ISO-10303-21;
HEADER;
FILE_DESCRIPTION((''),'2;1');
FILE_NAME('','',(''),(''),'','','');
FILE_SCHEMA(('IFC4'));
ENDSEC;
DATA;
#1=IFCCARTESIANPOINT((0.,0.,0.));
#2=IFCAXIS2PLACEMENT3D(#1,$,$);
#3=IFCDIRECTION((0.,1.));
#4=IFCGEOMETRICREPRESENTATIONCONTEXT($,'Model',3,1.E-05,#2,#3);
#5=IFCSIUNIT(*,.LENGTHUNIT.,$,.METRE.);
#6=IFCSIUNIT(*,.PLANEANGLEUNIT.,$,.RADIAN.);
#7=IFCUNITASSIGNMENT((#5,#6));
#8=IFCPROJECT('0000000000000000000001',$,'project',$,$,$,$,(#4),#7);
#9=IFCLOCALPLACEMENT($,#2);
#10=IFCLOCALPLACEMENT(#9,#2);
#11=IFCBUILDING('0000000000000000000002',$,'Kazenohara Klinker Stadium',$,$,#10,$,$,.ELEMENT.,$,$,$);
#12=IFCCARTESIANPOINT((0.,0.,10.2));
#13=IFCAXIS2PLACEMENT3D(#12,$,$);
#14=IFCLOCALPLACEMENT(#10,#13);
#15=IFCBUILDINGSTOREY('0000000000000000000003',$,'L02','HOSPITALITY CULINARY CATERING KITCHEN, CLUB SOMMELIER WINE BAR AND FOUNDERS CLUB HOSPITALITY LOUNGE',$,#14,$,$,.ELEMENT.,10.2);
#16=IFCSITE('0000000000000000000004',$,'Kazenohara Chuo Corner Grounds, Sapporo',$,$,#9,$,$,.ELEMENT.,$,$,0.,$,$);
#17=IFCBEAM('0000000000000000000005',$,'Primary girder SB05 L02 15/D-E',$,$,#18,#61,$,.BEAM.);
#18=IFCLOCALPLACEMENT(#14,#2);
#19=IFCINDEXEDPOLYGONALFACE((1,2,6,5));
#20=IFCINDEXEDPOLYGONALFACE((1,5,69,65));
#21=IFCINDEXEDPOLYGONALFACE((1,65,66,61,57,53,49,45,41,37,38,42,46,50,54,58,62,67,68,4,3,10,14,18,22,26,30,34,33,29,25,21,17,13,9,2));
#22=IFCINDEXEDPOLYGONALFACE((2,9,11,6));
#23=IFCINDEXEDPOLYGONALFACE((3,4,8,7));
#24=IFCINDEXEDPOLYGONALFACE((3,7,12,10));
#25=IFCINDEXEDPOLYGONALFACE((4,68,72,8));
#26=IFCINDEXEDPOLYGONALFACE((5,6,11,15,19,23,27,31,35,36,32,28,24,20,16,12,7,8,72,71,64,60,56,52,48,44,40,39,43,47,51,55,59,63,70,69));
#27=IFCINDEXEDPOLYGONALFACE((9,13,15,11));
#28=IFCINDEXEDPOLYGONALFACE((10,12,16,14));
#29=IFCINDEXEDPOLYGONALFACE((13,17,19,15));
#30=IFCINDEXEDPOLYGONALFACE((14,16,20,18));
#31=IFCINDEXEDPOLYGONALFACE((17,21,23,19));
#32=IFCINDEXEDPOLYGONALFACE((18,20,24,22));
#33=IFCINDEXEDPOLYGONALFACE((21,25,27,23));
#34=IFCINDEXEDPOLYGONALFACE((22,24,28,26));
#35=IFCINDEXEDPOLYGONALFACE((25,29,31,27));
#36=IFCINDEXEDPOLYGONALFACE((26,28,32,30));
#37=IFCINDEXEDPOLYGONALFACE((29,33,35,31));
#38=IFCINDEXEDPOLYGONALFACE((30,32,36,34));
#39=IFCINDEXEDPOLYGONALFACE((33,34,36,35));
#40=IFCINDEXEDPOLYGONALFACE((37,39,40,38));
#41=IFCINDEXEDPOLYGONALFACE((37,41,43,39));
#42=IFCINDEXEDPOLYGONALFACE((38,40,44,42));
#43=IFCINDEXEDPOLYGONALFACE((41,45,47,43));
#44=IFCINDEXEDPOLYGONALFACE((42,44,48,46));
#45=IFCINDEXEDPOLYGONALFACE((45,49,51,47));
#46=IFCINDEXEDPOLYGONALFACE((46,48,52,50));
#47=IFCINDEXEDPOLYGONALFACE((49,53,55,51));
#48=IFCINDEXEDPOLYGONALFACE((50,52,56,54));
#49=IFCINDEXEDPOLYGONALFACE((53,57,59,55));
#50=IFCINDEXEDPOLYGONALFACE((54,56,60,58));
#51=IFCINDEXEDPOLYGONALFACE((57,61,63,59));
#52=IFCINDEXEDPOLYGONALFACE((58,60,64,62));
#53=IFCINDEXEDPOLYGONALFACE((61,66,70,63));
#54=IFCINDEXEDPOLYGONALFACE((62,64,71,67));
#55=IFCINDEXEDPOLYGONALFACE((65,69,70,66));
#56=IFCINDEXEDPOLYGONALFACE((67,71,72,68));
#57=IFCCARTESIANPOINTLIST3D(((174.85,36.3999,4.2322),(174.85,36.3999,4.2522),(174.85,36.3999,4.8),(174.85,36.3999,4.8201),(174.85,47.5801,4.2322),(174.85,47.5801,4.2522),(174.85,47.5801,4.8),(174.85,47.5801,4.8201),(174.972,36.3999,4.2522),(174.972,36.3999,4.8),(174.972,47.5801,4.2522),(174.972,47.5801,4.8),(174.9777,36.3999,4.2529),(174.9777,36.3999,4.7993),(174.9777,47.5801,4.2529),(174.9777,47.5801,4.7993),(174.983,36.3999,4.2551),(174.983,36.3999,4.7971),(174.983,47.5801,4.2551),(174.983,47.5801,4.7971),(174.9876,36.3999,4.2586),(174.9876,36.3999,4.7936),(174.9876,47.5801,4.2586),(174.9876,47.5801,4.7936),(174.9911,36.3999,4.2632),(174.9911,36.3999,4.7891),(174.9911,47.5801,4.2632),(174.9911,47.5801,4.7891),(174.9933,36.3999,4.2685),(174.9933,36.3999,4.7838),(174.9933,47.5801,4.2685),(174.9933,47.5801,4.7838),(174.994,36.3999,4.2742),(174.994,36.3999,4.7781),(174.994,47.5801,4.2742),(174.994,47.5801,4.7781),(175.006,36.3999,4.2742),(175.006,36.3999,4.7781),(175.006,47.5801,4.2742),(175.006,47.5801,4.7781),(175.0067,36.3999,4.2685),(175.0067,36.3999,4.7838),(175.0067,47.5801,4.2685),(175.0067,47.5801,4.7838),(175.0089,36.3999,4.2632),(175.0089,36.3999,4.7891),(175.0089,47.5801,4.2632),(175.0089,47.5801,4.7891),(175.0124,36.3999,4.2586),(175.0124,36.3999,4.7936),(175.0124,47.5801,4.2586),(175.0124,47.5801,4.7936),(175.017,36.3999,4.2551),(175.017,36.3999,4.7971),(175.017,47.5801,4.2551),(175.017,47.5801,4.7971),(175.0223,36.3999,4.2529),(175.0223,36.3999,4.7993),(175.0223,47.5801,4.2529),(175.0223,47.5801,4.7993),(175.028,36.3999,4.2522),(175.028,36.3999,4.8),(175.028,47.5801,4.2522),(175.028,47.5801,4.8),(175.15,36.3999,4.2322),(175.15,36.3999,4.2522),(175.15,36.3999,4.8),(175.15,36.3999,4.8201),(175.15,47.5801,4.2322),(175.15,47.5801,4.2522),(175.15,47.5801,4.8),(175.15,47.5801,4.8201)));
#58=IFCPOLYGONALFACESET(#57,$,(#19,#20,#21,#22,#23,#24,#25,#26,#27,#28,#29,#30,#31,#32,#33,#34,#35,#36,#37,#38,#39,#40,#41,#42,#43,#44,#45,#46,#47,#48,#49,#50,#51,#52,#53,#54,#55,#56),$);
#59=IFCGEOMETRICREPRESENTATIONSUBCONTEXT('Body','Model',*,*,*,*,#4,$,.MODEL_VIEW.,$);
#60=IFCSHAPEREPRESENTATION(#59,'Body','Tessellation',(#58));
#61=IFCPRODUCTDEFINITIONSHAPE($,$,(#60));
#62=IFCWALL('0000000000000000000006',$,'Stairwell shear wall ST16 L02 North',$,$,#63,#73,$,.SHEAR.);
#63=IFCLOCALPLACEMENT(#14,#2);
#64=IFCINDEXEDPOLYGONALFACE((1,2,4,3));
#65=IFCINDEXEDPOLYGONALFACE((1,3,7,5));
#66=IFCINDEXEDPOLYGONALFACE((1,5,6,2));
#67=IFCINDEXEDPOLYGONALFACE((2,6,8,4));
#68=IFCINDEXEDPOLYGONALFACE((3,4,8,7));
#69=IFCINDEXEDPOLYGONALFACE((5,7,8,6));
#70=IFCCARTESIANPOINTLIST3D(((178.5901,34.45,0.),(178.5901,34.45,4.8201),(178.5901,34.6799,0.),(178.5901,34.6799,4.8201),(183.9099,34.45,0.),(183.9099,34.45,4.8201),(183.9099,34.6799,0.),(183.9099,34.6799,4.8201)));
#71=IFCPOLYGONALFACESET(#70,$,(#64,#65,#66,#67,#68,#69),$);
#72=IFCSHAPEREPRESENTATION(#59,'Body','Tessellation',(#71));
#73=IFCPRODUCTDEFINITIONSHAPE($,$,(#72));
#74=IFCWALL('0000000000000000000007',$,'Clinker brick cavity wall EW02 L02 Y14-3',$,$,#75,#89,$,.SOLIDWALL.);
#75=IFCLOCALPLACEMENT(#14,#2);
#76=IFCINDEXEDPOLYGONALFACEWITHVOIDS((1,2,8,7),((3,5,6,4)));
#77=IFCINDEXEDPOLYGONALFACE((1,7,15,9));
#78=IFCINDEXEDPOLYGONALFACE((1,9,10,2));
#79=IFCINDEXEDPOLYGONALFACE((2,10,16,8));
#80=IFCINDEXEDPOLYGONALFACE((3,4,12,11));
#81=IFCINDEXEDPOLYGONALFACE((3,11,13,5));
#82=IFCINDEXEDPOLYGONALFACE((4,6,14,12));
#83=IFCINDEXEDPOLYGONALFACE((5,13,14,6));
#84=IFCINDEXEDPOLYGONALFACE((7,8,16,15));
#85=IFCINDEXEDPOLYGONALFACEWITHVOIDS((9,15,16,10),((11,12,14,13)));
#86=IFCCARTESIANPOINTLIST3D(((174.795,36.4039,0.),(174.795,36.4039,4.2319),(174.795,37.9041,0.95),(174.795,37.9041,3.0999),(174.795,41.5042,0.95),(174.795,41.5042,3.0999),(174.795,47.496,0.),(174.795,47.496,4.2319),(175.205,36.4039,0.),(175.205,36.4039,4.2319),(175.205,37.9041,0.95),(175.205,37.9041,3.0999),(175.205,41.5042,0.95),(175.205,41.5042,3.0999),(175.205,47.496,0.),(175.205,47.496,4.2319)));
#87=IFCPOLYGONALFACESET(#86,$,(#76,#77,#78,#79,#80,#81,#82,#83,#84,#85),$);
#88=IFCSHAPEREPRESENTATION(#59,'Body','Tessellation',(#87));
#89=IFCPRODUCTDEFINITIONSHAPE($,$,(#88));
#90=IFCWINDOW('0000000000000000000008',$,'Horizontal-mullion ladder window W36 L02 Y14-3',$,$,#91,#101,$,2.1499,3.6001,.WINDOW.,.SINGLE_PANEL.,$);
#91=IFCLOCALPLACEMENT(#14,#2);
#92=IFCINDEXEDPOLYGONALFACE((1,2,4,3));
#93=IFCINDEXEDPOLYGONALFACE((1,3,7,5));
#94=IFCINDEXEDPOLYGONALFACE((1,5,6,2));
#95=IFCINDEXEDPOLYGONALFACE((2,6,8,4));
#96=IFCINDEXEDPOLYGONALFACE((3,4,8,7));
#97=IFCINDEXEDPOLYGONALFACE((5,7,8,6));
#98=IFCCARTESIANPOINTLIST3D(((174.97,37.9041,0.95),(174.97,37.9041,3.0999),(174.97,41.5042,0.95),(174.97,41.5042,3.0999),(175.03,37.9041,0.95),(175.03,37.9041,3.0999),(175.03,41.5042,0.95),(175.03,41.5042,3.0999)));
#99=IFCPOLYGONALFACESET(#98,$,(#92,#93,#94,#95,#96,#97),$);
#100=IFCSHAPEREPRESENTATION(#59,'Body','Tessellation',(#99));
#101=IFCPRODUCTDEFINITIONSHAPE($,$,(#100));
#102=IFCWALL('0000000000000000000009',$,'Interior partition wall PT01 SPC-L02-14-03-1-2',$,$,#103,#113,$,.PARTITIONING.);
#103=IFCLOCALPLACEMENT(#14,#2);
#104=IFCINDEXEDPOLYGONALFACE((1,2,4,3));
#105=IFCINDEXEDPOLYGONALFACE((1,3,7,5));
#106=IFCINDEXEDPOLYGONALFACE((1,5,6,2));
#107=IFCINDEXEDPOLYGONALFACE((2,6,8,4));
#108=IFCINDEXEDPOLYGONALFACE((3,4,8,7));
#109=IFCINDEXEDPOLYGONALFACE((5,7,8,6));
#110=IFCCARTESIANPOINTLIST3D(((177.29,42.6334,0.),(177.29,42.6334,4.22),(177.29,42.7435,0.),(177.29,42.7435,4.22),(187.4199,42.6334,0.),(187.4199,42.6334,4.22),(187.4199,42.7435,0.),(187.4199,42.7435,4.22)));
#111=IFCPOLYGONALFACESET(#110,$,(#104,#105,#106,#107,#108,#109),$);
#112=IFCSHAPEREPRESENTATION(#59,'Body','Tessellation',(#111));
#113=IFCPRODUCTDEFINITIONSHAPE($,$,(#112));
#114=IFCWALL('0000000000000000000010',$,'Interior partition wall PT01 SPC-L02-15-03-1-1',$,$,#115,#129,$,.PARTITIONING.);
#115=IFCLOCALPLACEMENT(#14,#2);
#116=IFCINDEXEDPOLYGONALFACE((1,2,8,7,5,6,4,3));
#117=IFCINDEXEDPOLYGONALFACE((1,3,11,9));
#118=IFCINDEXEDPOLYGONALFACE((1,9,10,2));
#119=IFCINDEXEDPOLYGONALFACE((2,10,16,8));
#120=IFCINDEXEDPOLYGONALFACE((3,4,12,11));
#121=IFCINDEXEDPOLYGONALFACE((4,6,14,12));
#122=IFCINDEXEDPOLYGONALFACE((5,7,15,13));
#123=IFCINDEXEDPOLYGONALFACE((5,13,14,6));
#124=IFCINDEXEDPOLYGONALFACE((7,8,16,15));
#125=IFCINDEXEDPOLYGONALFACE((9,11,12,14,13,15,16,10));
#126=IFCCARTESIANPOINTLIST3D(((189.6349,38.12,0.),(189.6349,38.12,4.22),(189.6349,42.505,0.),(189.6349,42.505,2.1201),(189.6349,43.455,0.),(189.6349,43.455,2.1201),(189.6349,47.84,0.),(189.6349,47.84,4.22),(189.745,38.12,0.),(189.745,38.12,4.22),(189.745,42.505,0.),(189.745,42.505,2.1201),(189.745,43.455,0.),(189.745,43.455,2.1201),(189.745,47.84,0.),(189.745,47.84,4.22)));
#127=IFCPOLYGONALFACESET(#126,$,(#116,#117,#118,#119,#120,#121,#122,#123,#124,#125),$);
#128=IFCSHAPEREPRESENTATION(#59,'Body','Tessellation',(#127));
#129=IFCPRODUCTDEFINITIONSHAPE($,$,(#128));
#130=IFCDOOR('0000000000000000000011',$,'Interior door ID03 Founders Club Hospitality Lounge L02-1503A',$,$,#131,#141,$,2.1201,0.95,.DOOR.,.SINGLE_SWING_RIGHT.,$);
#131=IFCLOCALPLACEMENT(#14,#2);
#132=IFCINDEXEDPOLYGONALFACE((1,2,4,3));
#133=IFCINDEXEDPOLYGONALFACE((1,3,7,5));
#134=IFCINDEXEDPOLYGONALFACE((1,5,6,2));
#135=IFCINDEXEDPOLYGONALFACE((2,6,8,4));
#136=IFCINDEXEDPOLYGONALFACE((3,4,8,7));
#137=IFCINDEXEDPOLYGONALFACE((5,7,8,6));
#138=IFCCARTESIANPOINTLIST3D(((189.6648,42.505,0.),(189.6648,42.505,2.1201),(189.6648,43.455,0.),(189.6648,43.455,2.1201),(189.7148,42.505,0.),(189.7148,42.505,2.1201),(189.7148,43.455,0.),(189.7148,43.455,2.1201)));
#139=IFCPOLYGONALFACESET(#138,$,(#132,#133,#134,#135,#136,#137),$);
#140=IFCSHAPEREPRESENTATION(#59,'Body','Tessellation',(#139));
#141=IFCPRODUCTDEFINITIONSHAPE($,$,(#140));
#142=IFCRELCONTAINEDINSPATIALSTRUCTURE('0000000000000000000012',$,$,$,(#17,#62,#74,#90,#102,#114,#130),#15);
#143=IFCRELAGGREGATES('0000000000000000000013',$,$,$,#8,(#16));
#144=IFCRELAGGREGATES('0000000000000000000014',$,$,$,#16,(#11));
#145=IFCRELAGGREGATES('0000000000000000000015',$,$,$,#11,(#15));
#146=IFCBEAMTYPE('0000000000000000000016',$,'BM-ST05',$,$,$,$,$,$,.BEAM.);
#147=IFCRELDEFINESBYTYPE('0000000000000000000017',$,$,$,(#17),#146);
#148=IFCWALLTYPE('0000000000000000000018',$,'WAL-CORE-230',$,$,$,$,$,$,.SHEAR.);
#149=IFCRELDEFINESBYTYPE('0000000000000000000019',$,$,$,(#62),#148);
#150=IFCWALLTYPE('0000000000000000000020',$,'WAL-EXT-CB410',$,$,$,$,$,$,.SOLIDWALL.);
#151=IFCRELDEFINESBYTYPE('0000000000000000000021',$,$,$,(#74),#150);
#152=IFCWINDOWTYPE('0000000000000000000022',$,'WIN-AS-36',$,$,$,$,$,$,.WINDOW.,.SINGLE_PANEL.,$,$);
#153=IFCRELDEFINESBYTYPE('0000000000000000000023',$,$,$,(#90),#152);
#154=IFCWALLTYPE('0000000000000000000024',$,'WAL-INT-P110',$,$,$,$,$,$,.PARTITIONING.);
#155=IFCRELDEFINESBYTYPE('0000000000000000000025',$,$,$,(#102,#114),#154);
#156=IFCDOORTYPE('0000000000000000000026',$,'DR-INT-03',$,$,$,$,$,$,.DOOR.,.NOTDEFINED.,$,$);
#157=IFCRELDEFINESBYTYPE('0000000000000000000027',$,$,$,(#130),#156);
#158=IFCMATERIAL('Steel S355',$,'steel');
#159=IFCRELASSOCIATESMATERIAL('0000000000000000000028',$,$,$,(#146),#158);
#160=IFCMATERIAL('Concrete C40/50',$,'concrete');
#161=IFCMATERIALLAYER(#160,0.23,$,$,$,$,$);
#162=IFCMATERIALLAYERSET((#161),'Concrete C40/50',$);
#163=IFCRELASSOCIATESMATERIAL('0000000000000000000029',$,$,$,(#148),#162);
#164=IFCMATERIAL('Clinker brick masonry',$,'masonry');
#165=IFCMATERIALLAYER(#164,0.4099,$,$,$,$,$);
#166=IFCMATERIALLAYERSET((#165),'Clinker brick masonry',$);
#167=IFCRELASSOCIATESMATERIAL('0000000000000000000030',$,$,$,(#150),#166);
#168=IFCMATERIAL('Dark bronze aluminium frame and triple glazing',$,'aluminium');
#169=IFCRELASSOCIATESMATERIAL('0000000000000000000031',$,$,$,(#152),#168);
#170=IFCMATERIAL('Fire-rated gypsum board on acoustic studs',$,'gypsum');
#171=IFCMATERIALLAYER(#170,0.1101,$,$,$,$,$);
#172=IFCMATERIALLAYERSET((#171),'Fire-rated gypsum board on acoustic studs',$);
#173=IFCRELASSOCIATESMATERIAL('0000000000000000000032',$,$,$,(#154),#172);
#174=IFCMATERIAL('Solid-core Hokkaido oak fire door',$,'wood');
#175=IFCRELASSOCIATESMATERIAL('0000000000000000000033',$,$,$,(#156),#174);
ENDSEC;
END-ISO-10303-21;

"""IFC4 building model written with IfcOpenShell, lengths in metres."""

from ifc_helpers import new_model, si_unit, direction, frame, frame_2d, origin, origin_2d, place, context, subcontext, project, spatial, rectangle, i_section, extrude, material, layer, layer_set, material_profile, profile_set, type_object, element, fill, save


model = new_model("IFC4")

# Units and contexts
model_context = context("Model", 3, precision=1e-05, world=origin(), true_north=direction((0.0, 1.0)))
body_context = subcontext(model_context, "Body", "Model", "MODEL_VIEW")
ifc_project = project(units=[si_unit("LENGTHUNIT", "METRE"), si_unit("PLANEANGLEUNIT", "RADIAN")], contexts=[model_context])

# Site, building, storey
site_placement = place(None, origin())
site = spatial("IfcSite", under=ifc_project, at=site_placement, Name="Kazenohara Chuo Corner Grounds, Sapporo", CompositionType="ELEMENT", RefElevation=0.0)
building_placement = place(site_placement, origin())
building = spatial("IfcBuilding", under=site, at=building_placement, Name="Kazenohara Klinker Stadium", CompositionType="ELEMENT")
storey_placement = place(building_placement, frame((0.0, 0.0, 10.2)))
storey = spatial("IfcBuildingStorey", under=building, at=storey_placement, Name="L02", Description="HOSPITALITY CULINARY CATERING KITCHEN, CLUB SOMMELIER WINE BAR AND FOUNDERS CLUB HOSPITALITY LOUNGE", CompositionType="ELEMENT", Elevation=10.2)

# Shared definitions
ifc_material_1 = material(Name="Concrete C40/50", Category="concrete")

# Beam
ifc_material_2 = material(Name="Steel S355", Category="steel")
ifc_material_profile_1 = material_profile(ifc_material_2, i_section(OverallWidth=0.3, OverallDepth=0.5879, WebThickness=0.012, FlangeThickness=0.02, FilletRadius=0.022, at=origin_2d()), Name="H-588x300x12x20")
ifc_profile_set_1 = profile_set([ifc_material_profile_1], Name="Steel S355")
beam_type_1 = type_object("IfcBeamType", Name="BM-ST05", PredefinedType="BEAM", material=ifc_profile_set_1)
beam_1_placement = place(storey_placement, frame((175.0, 36.3999, 4.5261), z_axis=(0.0, 1.0, 0.0), x_axis=(-1.0, 0.0, 0.0)))
element("IfcBeam", 1, at=beam_1_placement, inside=storey, type_object=beam_type_1, Name="Primary girder SB05 L02 15/D-E", PredefinedType="BEAM", context=body_context, shape_type="SweptSolid", body=[
    extrude(i_section(OverallWidth=0.3, OverallDepth=0.5879, WebThickness=0.012, FlangeThickness=0.02, FilletRadius=0.022, at=origin_2d()), origin(), (0.0, 0.0, 1.0), 11.1802),
])

# Wall
ifc_layer_1 = layer(ifc_material_1, 0.23)
ifc_layer_set_1 = layer_set([ifc_layer_1], Name="Concrete C40/50")
wall_type_1 = type_object("IfcWallType", Name="WAL-CORE-230", PredefinedType="SHEAR", material=ifc_layer_set_1)
wall_1_placement = place(storey_placement, frame((178.5901, 34.5649, 0.0), z_axis=(0.0, 0.0, 1.0), x_axis=(1.0, 0.0, 0.0)))
element("IfcWall", 2, at=wall_1_placement, inside=storey, type_object=wall_type_1, Name="Stairwell shear wall ST16 L02 North", PredefinedType="SHEAR", context=body_context, shape_type="SweptSolid", body=[
    extrude(rectangle(XDim=5.3198, YDim=0.23, at=frame_2d((2.6599, 0.0))), origin(), (0.0, 0.0, 1.0), 4.8201),
])

# Wall, opening, window
ifc_material_3 = material(Name="Clinker brick masonry", Category="masonry")
ifc_layer_2 = layer(ifc_material_3, 0.4099)
ifc_layer_set_2 = layer_set([ifc_layer_2], Name="Clinker brick masonry")
wall_type_2 = type_object("IfcWallType", Name="WAL-EXT-CB410", PredefinedType="SOLIDWALL", material=ifc_layer_set_2)
wall_2_placement = place(storey_placement, frame((175.0, 36.4041, 0.0), z_axis=(0.0, 0.0, 1.0), x_axis=(0.0, 1.0, 0.0)))
wall_2 = element("IfcWall", 3, at=wall_2_placement, inside=storey, type_object=wall_type_2, Name="Clinker brick cavity wall EW02 L02 Y14-3", PredefinedType="SOLIDWALL", context=body_context, shape_type="SweptSolid", body=[
    extrude(rectangle(XDim=11.092, YDim=0.4099, at=frame_2d((5.5459, 0.0))), origin(), (0.0, 0.0, 1.0), 4.2319),
])
opening_1_placement = place(wall_2_placement, frame((1.5, 0.0, 0.95)))
opening_1 = element("IfcOpeningElement", 4, at=opening_1_placement, cuts=wall_2, PredefinedType="OPENING", context=body_context, shape_type="SweptSolid", body=[
    extrude(rectangle(XDim=3.6001, YDim=2.1499, at=frame_2d((1.8, 1.075))), frame((0.0, 0.2148, 0.0), z_axis=(0.0, -1.0, 0.0), x_axis=(1.0, 0.0, 0.0)), (0.0, 0.0, 1.0), 0.4299),
])
ifc_material_4 = material(Name="Dark bronze aluminium frame and triple glazing", Category="aluminium")
window_type = type_object("IfcWindowType", Name="WIN-AS-36", PartitioningType="SINGLE_PANEL", PredefinedType="WINDOW", material=ifc_material_4)
window_placement = place(opening_1_placement, origin())
window = element("IfcWindow", 5, at=window_placement, inside=storey, type_object=window_type, Name="Horizontal-mullion ladder window W36 L02 Y14-3", OverallHeight=2.1499, OverallWidth=3.6001, PartitioningType="SINGLE_PANEL", PredefinedType="WINDOW", context=body_context, shape_type="SweptSolid", body=[
    extrude(rectangle(XDim=3.6001, YDim=2.1499, at=frame_2d((1.8, 1.075))), frame((0.0, 0.03, 0.0), z_axis=(0.0, -1.0, 0.0), x_axis=(1.0, 0.0, 0.0)), (0.0, 0.0, 1.0), 0.0601),
])
fill(opening_1, window)

# Wall
ifc_material_5 = material(Name="Fire-rated gypsum board on acoustic studs", Category="gypsum")
ifc_layer_3 = layer(ifc_material_5, 0.1101)
ifc_layer_set_3 = layer_set([ifc_layer_3], Name="Fire-rated gypsum board on acoustic studs")
wall_type_3 = type_object("IfcWallType", Name="WAL-INT-P110", PredefinedType="PARTITIONING", material=ifc_layer_set_3)
wall_3_placement = place(storey_placement, frame((177.29, 42.6885, 0.0), z_axis=(0.0, 0.0, 1.0), x_axis=(1.0, 0.0, 0.0)))
element("IfcWall", 6, at=wall_3_placement, inside=storey, type_object=wall_type_3, Name="Interior partition wall PT01 SPC-L02-14-03-1-2", PredefinedType="PARTITIONING", context=body_context, shape_type="SweptSolid", body=[
    extrude(rectangle(XDim=10.1299, YDim=0.1101, at=frame_2d((5.0649, 0.0))), origin(), (0.0, 0.0, 1.0), 4.22),
])

# Wall, opening, door
wall_4_placement = place(storey_placement, frame((189.6899, 38.1201, 0.0), z_axis=(0.0, 0.0, 1.0), x_axis=(0.0, 1.0, 0.0)))
wall_4 = element("IfcWall", 7, at=wall_4_placement, inside=storey, type_object=wall_type_3, Name="Interior partition wall PT01 SPC-L02-15-03-1-1", PredefinedType="PARTITIONING", context=body_context, shape_type="SweptSolid", body=[
    extrude(rectangle(XDim=9.72, YDim=0.1101, at=frame_2d((4.8599, 0.0))), origin(), (0.0, 0.0, 1.0), 4.22),
])
opening_2_placement = place(wall_4_placement, frame((5.335, 0.0, 0.0), z_axis=(0.0, 0.0, 1.0), x_axis=(-1.0, 0.0, 0.0)))
opening_2 = element("IfcOpeningElement", 8, at=opening_2_placement, cuts=wall_4, PredefinedType="OPENING", context=body_context, shape_type="SweptSolid", body=[
    extrude(rectangle(XDim=0.95, YDim=2.1201, at=frame_2d((0.4751, 1.0601))), frame((0.0, 0.0649, 0.0), z_axis=(0.0, -1.0, 0.0), x_axis=(1.0, 0.0, 0.0)), (0.0, 0.0, 1.0), 0.1301),
])
ifc_material_6 = material(Name="Solid-core Hokkaido oak fire door", Category="wood")
door_type_1 = type_object("IfcDoorType", Name="DR-INT-03", OperationType="NOTDEFINED", PredefinedType="DOOR", material=ifc_material_6)
door_1_placement = place(opening_2_placement, origin())
door_1 = element("IfcDoor", 9, at=door_1_placement, inside=storey, type_object=door_type_1, Name="Interior door ID03 Founders Club Hospitality Lounge L02-1503A", OperationType="SINGLE_SWING_RIGHT", OverallHeight=2.1201, OverallWidth=0.95, PredefinedType="DOOR", context=body_context, shape_type="SweptSolid", body=[
    extrude(rectangle(XDim=0.95, YDim=2.1201, at=frame_2d((0.4751, 1.0601))), frame((0.0, 0.0249, 0.0), z_axis=(0.0, -1.0, 0.0), x_axis=(1.0, 0.0, 0.0)), (0.0, 0.0, 1.0), 0.05),
])
fill(opening_2, door_1)

save(model, "model.ifc")
